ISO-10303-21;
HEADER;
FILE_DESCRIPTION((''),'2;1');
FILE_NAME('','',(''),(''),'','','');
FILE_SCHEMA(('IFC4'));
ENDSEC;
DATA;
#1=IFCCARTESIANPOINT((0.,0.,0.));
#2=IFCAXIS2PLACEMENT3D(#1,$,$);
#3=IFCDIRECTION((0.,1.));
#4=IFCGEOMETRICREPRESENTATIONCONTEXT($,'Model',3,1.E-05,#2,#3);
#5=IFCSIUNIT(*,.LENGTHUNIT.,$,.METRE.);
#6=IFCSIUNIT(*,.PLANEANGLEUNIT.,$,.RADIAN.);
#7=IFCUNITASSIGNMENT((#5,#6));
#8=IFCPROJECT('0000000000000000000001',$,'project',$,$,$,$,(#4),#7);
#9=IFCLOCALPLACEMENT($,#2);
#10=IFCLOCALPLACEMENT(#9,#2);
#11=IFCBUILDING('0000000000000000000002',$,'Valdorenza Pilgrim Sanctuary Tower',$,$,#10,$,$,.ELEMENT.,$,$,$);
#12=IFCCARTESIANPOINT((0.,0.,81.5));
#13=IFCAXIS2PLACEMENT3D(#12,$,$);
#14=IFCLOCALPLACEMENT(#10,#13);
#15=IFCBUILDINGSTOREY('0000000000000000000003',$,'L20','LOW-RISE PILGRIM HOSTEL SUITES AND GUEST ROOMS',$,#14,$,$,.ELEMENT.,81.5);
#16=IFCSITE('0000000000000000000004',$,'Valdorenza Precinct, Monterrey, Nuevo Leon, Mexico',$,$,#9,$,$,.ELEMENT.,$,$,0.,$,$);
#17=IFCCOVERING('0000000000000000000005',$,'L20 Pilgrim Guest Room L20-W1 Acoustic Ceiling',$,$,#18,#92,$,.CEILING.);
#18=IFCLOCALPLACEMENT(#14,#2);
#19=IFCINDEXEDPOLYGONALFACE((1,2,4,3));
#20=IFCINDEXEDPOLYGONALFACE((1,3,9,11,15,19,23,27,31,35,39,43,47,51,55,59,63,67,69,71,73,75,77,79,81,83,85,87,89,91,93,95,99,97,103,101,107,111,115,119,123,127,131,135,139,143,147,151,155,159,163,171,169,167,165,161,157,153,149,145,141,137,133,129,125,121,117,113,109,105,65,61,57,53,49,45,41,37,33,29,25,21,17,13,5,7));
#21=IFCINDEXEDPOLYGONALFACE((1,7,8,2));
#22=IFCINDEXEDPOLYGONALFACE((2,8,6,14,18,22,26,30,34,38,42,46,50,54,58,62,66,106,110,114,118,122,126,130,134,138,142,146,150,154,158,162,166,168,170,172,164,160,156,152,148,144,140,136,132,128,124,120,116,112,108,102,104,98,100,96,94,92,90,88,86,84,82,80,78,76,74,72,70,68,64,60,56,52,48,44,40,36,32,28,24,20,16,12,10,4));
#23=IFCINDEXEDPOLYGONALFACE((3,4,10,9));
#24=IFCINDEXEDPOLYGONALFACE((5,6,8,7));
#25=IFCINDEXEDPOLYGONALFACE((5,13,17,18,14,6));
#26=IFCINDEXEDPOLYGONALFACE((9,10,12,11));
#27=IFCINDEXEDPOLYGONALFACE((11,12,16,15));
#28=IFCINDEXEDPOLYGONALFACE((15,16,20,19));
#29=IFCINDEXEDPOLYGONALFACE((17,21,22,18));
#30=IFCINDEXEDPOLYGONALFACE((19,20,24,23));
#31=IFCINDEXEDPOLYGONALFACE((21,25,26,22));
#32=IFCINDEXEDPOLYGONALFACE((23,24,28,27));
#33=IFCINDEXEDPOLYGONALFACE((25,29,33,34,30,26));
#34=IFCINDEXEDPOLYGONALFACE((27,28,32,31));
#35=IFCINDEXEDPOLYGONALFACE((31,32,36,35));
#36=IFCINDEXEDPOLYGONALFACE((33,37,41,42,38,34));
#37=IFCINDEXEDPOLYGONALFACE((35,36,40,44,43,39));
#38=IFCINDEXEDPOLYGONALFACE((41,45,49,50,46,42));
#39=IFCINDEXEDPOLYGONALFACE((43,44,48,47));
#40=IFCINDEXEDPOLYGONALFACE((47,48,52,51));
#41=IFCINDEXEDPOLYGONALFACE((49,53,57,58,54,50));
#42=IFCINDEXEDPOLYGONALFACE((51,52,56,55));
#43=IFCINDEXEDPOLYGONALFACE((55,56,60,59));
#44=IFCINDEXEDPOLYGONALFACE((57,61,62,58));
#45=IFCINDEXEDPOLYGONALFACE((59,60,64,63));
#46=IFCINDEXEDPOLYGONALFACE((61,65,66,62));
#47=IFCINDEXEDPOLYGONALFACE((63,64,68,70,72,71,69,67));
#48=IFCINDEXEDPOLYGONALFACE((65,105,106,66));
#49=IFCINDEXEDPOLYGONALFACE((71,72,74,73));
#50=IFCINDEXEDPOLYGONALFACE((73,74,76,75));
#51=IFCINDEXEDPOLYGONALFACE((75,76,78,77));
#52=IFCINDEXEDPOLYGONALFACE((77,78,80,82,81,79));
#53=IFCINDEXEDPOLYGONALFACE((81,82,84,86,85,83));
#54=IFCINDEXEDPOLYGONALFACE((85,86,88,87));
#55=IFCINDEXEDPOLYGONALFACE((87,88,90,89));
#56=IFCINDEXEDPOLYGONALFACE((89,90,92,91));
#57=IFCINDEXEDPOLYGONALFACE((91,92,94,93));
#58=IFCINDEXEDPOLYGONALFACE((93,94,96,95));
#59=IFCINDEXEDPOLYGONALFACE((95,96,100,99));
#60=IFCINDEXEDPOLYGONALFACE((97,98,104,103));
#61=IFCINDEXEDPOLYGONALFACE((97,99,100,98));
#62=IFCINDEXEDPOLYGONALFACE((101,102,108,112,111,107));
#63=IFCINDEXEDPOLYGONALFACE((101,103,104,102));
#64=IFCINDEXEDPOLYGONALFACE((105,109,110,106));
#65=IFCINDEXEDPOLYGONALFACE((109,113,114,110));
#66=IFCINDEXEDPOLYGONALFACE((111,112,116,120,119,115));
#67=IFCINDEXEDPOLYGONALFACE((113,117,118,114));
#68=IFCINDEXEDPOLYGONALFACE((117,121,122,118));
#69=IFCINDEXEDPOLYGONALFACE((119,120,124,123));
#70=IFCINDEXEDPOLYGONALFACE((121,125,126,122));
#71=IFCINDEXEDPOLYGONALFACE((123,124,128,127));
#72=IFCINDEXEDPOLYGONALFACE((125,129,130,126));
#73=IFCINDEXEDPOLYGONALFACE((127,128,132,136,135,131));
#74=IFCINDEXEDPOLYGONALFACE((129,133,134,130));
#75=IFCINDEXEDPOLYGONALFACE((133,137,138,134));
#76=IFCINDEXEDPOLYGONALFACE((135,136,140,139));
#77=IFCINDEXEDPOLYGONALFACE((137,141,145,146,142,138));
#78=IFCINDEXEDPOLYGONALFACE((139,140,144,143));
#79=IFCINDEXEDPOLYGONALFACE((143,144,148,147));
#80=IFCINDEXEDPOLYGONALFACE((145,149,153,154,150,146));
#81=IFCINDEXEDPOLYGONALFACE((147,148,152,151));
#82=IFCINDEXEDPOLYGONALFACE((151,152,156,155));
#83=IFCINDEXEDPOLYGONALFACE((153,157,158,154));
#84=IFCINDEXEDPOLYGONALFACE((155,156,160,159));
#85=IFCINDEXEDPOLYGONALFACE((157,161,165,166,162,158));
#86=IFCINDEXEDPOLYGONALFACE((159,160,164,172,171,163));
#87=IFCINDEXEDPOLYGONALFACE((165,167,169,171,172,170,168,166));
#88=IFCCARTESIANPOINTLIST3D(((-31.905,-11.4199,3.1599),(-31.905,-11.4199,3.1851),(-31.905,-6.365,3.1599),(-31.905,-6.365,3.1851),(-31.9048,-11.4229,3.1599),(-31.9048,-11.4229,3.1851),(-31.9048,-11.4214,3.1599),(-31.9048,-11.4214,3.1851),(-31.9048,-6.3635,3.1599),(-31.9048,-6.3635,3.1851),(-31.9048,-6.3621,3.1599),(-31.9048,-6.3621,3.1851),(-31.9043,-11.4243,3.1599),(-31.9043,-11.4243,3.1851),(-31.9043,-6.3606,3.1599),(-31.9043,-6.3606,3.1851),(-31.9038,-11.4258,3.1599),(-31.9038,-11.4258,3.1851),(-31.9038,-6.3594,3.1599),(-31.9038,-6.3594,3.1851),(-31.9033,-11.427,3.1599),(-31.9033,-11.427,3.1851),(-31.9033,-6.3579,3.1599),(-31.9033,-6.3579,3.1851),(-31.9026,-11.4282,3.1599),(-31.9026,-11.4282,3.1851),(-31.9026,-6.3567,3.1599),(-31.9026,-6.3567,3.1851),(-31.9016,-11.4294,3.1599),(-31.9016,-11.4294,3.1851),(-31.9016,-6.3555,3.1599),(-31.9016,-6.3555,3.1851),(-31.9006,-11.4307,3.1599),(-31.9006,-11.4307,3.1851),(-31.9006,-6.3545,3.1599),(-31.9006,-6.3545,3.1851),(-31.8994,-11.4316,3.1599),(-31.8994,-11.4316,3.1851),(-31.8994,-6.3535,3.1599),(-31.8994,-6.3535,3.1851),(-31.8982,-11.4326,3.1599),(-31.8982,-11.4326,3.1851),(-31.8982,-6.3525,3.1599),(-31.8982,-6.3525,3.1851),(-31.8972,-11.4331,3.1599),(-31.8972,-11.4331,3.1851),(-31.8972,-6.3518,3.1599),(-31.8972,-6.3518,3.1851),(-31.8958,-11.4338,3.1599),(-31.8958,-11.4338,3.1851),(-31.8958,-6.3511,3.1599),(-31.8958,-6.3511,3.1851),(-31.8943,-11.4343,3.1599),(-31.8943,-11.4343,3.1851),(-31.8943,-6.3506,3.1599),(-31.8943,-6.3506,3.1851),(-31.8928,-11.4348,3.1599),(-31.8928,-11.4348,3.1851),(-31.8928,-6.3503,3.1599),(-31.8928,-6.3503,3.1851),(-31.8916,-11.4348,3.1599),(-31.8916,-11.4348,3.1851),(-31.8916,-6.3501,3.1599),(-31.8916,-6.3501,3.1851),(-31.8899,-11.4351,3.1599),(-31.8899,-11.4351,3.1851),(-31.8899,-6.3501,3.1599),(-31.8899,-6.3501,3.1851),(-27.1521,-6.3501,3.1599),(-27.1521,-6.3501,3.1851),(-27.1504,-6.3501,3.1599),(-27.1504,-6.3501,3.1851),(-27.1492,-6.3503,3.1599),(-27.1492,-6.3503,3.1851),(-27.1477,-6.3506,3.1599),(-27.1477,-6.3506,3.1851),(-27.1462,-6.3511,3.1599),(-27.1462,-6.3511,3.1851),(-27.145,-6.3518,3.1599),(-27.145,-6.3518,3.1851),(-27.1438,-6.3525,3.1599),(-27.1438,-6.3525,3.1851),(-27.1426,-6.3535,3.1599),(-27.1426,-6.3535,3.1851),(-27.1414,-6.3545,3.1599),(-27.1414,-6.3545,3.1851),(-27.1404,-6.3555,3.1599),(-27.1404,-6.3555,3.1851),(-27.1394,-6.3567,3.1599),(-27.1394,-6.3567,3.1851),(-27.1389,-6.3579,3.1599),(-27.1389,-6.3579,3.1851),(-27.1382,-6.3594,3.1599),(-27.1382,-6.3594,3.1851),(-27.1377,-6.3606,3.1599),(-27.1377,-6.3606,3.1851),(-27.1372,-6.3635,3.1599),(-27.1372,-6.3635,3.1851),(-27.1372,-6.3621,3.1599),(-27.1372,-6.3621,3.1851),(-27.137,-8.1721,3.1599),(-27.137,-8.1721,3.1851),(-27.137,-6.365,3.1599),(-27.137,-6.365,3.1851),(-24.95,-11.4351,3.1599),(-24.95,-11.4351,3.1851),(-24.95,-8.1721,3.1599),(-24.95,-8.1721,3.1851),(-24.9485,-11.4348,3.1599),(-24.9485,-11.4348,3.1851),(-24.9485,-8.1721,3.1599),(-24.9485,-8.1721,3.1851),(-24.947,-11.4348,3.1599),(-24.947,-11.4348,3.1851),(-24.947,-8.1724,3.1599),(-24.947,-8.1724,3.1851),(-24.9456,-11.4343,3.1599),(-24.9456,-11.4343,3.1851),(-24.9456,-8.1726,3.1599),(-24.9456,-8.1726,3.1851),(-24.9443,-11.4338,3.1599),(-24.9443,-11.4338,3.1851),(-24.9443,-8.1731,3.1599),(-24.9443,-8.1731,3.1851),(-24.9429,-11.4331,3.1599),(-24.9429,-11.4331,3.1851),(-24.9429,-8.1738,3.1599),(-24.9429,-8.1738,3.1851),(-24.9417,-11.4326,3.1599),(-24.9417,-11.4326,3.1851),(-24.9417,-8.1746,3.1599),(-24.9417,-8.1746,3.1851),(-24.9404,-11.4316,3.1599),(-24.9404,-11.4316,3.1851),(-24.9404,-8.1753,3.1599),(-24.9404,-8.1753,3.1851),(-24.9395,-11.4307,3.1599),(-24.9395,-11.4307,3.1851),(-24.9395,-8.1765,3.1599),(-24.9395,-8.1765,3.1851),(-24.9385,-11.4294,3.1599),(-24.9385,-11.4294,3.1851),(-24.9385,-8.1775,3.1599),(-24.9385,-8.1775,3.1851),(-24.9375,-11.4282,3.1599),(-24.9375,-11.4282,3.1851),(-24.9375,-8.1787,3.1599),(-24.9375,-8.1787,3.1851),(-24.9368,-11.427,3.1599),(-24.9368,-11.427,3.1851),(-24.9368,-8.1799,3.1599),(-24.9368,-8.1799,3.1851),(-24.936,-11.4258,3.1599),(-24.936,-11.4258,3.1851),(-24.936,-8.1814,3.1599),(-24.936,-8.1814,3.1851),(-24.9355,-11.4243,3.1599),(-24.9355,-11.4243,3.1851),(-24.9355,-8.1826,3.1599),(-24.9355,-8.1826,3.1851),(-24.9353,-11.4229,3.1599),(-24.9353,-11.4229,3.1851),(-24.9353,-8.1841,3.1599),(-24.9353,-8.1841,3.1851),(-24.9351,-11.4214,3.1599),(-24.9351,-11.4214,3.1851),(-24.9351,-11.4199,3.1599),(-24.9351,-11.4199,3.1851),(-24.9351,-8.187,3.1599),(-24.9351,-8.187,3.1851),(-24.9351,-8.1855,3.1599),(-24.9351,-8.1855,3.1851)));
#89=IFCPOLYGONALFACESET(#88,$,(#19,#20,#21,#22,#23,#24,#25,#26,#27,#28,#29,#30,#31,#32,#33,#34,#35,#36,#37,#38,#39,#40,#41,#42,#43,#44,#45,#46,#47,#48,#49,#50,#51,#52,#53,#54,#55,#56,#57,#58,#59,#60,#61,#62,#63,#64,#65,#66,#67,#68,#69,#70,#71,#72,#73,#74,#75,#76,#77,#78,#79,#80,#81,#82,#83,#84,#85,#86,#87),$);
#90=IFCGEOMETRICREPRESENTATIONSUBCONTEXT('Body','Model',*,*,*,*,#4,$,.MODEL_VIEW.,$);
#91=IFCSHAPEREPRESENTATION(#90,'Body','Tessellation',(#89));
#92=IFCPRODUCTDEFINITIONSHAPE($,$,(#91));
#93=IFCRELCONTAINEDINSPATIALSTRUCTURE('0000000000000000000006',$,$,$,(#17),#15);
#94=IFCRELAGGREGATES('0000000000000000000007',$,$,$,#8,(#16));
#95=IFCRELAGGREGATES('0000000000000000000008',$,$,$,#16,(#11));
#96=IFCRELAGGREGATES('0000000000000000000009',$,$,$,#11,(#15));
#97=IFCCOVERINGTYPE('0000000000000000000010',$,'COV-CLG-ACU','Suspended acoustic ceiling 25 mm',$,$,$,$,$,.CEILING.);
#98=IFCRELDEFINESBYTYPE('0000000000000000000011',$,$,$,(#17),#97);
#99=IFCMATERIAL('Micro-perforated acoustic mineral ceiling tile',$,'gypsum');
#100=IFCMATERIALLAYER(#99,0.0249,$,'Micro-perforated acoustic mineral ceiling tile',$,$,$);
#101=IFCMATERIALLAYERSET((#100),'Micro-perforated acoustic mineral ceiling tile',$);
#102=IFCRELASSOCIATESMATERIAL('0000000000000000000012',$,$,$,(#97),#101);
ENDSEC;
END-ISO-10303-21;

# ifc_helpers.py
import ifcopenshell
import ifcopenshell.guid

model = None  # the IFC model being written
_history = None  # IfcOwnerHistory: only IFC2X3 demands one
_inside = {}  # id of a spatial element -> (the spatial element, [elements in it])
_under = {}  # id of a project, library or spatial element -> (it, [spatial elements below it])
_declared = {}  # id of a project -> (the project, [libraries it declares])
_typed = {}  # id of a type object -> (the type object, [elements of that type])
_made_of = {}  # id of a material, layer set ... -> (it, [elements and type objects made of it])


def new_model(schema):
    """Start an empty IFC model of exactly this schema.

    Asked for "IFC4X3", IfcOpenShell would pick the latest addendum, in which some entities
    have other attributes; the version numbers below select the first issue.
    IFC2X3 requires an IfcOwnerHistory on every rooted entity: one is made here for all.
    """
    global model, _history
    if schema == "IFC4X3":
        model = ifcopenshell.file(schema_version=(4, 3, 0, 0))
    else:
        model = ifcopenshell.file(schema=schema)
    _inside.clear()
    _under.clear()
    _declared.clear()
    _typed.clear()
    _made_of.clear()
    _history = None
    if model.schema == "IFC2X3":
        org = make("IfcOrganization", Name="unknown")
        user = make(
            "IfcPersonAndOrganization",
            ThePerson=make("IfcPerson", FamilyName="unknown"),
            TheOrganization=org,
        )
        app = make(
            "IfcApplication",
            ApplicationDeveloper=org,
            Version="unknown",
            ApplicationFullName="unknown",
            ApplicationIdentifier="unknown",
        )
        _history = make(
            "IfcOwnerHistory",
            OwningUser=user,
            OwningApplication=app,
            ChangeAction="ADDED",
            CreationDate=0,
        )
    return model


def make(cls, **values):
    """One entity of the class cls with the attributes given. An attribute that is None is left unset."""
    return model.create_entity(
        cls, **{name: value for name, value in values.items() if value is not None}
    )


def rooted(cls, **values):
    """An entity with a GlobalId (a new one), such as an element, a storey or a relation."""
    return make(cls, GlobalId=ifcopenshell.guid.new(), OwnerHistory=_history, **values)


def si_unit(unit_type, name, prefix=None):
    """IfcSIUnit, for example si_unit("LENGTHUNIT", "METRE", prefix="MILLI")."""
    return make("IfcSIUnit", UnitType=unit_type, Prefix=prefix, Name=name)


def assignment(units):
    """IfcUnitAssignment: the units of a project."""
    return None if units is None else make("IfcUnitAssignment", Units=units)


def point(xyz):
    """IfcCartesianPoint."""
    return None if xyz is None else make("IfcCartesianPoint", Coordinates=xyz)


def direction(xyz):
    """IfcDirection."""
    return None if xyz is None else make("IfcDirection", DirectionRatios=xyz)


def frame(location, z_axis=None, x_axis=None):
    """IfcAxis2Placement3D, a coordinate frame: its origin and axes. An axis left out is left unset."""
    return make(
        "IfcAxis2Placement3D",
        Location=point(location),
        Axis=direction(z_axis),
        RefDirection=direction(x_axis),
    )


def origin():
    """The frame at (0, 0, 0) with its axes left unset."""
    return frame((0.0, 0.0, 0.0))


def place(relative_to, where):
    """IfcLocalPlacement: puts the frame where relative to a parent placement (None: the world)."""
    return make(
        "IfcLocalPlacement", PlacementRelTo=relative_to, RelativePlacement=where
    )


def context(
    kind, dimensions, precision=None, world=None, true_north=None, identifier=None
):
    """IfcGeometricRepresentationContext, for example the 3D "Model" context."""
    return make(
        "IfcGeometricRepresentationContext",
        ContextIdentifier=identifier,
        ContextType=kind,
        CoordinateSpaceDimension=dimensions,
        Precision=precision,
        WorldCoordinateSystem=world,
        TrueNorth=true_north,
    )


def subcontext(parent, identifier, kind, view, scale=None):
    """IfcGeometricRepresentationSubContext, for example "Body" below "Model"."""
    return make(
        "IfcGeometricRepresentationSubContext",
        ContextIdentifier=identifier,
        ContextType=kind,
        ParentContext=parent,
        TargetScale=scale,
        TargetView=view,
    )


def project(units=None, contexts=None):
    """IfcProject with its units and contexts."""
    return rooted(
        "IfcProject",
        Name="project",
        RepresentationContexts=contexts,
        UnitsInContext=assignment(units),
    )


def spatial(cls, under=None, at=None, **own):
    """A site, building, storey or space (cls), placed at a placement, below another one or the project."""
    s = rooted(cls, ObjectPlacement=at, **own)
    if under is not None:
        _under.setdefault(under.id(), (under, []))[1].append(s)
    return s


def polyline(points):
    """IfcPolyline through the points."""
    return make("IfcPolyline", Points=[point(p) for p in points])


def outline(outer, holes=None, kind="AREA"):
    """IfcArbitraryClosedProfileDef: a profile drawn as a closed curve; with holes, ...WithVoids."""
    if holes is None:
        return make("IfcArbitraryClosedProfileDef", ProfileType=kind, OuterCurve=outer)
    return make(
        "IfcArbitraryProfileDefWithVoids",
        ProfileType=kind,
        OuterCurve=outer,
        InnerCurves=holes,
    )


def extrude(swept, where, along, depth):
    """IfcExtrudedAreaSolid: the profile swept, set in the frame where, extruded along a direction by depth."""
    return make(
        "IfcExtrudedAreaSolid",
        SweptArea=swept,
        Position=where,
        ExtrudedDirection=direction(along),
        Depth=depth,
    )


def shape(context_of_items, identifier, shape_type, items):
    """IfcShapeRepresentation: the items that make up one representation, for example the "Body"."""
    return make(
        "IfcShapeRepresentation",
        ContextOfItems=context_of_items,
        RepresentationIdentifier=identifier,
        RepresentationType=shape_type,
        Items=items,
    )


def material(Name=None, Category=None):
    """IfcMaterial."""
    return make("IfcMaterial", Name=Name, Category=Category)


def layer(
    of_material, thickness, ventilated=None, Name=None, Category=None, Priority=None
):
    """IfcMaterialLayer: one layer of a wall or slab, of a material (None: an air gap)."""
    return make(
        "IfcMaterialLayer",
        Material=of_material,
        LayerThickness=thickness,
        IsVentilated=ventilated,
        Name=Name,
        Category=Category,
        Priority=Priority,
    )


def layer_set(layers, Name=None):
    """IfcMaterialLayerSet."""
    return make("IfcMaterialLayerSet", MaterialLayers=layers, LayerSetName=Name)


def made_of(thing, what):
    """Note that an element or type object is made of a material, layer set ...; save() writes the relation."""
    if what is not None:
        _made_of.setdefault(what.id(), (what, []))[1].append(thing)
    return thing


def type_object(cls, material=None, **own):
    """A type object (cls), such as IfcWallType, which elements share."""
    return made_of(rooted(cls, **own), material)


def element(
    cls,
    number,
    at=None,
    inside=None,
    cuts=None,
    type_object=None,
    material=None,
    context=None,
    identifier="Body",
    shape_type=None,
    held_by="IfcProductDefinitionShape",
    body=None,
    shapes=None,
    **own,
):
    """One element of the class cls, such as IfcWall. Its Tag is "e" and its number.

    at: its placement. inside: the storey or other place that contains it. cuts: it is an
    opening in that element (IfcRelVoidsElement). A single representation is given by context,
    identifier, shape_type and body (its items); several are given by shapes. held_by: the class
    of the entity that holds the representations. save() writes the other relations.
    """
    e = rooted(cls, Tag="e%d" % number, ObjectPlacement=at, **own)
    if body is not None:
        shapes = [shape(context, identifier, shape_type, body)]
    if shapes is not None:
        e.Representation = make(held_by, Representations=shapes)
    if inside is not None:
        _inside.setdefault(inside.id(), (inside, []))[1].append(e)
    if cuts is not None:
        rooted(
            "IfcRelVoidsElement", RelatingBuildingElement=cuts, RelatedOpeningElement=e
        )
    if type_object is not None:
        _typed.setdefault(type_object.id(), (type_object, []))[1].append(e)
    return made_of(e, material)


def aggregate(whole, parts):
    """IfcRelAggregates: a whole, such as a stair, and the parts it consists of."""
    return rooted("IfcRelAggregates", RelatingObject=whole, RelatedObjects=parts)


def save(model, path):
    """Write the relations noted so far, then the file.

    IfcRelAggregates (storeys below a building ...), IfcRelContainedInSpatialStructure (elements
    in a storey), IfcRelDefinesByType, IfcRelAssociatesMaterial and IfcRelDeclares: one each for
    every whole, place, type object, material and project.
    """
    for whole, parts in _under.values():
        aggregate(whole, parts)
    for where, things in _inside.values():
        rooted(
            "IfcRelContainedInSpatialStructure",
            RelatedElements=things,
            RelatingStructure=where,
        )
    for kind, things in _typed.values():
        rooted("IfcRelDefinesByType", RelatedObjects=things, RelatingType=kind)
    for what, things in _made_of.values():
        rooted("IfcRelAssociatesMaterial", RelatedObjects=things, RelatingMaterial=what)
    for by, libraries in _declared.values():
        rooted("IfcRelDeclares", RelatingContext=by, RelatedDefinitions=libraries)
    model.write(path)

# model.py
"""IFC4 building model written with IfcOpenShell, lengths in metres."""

from ifc_helpers import new_model, si_unit, direction, frame, origin, place, context, subcontext, project, spatial, polyline, outline, extrude, material, layer, layer_set, type_object, element, save


model = new_model("IFC4")

# Units and contexts
model_context = context("Model", 3, precision=1e-05, world=origin(), true_north=direction((0.0, 1.0)))
body_context = subcontext(model_context, "Body", "Model", "MODEL_VIEW")
ifc_project = project(units=[si_unit("LENGTHUNIT", "METRE"), si_unit("PLANEANGLEUNIT", "RADIAN")], contexts=[model_context])

# Site, building, storey
site_placement = place(None, origin())
site = spatial("IfcSite", under=ifc_project, at=site_placement, Name="Valdorenza Precinct, Monterrey, Nuevo Leon, Mexico", CompositionType="ELEMENT", RefElevation=0.0)
building_placement = place(site_placement, origin())
building = spatial("IfcBuilding", under=site, at=building_placement, Name="Valdorenza Pilgrim Sanctuary Tower", CompositionType="ELEMENT")
storey_placement = place(building_placement, frame((0.0, 0.0, 81.5)))
storey = spatial("IfcBuildingStorey", under=building, at=storey_placement, Name="L20", Description="LOW-RISE PILGRIM HOSTEL SUITES AND GUEST ROOMS", CompositionType="ELEMENT", Elevation=81.5)

# Covering
ifc_material_1 = material(Name="Micro-perforated acoustic mineral ceiling tile", Category="gypsum")
ifc_layer_1 = layer(ifc_material_1, 0.0249, Name="Micro-perforated acoustic mineral ceiling tile")
ifc_layer_set_1 = layer_set([ifc_layer_1], Name="Micro-perforated acoustic mineral ceiling tile")
covering_type_1 = type_object("IfcCoveringType", Name="COV-CLG-ACU", Description="Suspended acoustic ceiling 25 mm", PredefinedType="CEILING", material=ifc_layer_set_1)
covering_1_placement = place(storey_placement, frame((0.0, 0.0, 3.1599)))
element("IfcCovering", 1, at=covering_1_placement, inside=storey, type_object=covering_type_1, Name="L20 Pilgrim Guest Room L20-W1 Acoustic Ceiling", PredefinedType="CEILING", context=body_context, shape_type="SweptSolid", body=[
    extrude(outline(polyline([(-31.905, -6.365), (-31.9048, -6.3635), (-31.9048, -6.3621), (-31.9043, -6.3606), (-31.9038, -6.3594), (-31.9033, -6.3579), (-31.9026, -6.3567), (-31.9016, -6.3555), (-31.9006, -6.3545), (-31.8994, -6.3535), (-31.8982, -6.3525), (-31.8972, -6.3518), (-31.8958, -6.3511), (-31.8943, -6.3506), (-31.8928, -6.3503), (-31.8916, -6.3501), (-31.8899, -6.3501), (-27.1521, -6.3501), (-27.1504, -6.3501), (-27.1492, -6.3503), (-27.1477, -6.3506), (-27.1462, -6.3511), (-27.145, -6.3518), (-27.1438, -6.3525), (-27.1426, -6.3535), (-27.1414, -6.3545), (-27.1404, -6.3555), (-27.1394, -6.3567), (-27.1389, -6.3579), (-27.1382, -6.3594), (-27.1377, -6.3606), (-27.1372, -6.3621), (-27.1372, -6.3635), (-27.137, -6.365), (-27.137, -8.1721), (-24.95, -8.1721), (-24.9485, -8.1721), (-24.947, -8.1724), (-24.9456, -8.1726), (-24.9443, -8.1731), (-24.9429, -8.1738), (-24.9417, -8.1746), (-24.9404, -8.1753), (-24.9395, -8.1765), (-24.9385, -8.1775), (-24.9375, -8.1787), (-24.9368, -8.1799), (-24.936, -8.1814), (-24.9355, -8.1826), (-24.9353, -8.1841), (-24.9351, -8.1855), (-24.9351, -8.187), (-24.9351, -11.4199), (-24.9351, -11.4214), (-24.9353, -11.4229), (-24.9355, -11.4243), (-24.936, -11.4258), (-24.9368, -11.427), (-24.9375, -11.4282), (-24.9385, -11.4294), (-24.9395, -11.4307), (-24.9404, -11.4316), (-24.9417, -11.4326), (-24.9429, -11.4331), (-24.9443, -11.4338), (-24.9456, -11.4343), (-24.947, -11.4348), (-24.9485, -11.4348), (-24.95, -11.4351), (-31.8899, -11.4351), (-31.8916, -11.4348), (-31.8928, -11.4348), (-31.8943, -11.4343), (-31.8958, -11.4338), (-31.8972, -11.4331), (-31.8982, -11.4326), (-31.8994, -11.4316), (-31.9006, -11.4307), (-31.9016, -11.4294), (-31.9026, -11.4282), (-31.9033, -11.427), (-31.9038, -11.4258), (-31.9043, -11.4243), (-31.9048, -11.4229), (-31.9048, -11.4214), (-31.905, -11.4199), (-31.905, -6.365)])), origin(), (0.0, 0.0, 1.0), 0.0251),
])

save(model, "model.ifc")
